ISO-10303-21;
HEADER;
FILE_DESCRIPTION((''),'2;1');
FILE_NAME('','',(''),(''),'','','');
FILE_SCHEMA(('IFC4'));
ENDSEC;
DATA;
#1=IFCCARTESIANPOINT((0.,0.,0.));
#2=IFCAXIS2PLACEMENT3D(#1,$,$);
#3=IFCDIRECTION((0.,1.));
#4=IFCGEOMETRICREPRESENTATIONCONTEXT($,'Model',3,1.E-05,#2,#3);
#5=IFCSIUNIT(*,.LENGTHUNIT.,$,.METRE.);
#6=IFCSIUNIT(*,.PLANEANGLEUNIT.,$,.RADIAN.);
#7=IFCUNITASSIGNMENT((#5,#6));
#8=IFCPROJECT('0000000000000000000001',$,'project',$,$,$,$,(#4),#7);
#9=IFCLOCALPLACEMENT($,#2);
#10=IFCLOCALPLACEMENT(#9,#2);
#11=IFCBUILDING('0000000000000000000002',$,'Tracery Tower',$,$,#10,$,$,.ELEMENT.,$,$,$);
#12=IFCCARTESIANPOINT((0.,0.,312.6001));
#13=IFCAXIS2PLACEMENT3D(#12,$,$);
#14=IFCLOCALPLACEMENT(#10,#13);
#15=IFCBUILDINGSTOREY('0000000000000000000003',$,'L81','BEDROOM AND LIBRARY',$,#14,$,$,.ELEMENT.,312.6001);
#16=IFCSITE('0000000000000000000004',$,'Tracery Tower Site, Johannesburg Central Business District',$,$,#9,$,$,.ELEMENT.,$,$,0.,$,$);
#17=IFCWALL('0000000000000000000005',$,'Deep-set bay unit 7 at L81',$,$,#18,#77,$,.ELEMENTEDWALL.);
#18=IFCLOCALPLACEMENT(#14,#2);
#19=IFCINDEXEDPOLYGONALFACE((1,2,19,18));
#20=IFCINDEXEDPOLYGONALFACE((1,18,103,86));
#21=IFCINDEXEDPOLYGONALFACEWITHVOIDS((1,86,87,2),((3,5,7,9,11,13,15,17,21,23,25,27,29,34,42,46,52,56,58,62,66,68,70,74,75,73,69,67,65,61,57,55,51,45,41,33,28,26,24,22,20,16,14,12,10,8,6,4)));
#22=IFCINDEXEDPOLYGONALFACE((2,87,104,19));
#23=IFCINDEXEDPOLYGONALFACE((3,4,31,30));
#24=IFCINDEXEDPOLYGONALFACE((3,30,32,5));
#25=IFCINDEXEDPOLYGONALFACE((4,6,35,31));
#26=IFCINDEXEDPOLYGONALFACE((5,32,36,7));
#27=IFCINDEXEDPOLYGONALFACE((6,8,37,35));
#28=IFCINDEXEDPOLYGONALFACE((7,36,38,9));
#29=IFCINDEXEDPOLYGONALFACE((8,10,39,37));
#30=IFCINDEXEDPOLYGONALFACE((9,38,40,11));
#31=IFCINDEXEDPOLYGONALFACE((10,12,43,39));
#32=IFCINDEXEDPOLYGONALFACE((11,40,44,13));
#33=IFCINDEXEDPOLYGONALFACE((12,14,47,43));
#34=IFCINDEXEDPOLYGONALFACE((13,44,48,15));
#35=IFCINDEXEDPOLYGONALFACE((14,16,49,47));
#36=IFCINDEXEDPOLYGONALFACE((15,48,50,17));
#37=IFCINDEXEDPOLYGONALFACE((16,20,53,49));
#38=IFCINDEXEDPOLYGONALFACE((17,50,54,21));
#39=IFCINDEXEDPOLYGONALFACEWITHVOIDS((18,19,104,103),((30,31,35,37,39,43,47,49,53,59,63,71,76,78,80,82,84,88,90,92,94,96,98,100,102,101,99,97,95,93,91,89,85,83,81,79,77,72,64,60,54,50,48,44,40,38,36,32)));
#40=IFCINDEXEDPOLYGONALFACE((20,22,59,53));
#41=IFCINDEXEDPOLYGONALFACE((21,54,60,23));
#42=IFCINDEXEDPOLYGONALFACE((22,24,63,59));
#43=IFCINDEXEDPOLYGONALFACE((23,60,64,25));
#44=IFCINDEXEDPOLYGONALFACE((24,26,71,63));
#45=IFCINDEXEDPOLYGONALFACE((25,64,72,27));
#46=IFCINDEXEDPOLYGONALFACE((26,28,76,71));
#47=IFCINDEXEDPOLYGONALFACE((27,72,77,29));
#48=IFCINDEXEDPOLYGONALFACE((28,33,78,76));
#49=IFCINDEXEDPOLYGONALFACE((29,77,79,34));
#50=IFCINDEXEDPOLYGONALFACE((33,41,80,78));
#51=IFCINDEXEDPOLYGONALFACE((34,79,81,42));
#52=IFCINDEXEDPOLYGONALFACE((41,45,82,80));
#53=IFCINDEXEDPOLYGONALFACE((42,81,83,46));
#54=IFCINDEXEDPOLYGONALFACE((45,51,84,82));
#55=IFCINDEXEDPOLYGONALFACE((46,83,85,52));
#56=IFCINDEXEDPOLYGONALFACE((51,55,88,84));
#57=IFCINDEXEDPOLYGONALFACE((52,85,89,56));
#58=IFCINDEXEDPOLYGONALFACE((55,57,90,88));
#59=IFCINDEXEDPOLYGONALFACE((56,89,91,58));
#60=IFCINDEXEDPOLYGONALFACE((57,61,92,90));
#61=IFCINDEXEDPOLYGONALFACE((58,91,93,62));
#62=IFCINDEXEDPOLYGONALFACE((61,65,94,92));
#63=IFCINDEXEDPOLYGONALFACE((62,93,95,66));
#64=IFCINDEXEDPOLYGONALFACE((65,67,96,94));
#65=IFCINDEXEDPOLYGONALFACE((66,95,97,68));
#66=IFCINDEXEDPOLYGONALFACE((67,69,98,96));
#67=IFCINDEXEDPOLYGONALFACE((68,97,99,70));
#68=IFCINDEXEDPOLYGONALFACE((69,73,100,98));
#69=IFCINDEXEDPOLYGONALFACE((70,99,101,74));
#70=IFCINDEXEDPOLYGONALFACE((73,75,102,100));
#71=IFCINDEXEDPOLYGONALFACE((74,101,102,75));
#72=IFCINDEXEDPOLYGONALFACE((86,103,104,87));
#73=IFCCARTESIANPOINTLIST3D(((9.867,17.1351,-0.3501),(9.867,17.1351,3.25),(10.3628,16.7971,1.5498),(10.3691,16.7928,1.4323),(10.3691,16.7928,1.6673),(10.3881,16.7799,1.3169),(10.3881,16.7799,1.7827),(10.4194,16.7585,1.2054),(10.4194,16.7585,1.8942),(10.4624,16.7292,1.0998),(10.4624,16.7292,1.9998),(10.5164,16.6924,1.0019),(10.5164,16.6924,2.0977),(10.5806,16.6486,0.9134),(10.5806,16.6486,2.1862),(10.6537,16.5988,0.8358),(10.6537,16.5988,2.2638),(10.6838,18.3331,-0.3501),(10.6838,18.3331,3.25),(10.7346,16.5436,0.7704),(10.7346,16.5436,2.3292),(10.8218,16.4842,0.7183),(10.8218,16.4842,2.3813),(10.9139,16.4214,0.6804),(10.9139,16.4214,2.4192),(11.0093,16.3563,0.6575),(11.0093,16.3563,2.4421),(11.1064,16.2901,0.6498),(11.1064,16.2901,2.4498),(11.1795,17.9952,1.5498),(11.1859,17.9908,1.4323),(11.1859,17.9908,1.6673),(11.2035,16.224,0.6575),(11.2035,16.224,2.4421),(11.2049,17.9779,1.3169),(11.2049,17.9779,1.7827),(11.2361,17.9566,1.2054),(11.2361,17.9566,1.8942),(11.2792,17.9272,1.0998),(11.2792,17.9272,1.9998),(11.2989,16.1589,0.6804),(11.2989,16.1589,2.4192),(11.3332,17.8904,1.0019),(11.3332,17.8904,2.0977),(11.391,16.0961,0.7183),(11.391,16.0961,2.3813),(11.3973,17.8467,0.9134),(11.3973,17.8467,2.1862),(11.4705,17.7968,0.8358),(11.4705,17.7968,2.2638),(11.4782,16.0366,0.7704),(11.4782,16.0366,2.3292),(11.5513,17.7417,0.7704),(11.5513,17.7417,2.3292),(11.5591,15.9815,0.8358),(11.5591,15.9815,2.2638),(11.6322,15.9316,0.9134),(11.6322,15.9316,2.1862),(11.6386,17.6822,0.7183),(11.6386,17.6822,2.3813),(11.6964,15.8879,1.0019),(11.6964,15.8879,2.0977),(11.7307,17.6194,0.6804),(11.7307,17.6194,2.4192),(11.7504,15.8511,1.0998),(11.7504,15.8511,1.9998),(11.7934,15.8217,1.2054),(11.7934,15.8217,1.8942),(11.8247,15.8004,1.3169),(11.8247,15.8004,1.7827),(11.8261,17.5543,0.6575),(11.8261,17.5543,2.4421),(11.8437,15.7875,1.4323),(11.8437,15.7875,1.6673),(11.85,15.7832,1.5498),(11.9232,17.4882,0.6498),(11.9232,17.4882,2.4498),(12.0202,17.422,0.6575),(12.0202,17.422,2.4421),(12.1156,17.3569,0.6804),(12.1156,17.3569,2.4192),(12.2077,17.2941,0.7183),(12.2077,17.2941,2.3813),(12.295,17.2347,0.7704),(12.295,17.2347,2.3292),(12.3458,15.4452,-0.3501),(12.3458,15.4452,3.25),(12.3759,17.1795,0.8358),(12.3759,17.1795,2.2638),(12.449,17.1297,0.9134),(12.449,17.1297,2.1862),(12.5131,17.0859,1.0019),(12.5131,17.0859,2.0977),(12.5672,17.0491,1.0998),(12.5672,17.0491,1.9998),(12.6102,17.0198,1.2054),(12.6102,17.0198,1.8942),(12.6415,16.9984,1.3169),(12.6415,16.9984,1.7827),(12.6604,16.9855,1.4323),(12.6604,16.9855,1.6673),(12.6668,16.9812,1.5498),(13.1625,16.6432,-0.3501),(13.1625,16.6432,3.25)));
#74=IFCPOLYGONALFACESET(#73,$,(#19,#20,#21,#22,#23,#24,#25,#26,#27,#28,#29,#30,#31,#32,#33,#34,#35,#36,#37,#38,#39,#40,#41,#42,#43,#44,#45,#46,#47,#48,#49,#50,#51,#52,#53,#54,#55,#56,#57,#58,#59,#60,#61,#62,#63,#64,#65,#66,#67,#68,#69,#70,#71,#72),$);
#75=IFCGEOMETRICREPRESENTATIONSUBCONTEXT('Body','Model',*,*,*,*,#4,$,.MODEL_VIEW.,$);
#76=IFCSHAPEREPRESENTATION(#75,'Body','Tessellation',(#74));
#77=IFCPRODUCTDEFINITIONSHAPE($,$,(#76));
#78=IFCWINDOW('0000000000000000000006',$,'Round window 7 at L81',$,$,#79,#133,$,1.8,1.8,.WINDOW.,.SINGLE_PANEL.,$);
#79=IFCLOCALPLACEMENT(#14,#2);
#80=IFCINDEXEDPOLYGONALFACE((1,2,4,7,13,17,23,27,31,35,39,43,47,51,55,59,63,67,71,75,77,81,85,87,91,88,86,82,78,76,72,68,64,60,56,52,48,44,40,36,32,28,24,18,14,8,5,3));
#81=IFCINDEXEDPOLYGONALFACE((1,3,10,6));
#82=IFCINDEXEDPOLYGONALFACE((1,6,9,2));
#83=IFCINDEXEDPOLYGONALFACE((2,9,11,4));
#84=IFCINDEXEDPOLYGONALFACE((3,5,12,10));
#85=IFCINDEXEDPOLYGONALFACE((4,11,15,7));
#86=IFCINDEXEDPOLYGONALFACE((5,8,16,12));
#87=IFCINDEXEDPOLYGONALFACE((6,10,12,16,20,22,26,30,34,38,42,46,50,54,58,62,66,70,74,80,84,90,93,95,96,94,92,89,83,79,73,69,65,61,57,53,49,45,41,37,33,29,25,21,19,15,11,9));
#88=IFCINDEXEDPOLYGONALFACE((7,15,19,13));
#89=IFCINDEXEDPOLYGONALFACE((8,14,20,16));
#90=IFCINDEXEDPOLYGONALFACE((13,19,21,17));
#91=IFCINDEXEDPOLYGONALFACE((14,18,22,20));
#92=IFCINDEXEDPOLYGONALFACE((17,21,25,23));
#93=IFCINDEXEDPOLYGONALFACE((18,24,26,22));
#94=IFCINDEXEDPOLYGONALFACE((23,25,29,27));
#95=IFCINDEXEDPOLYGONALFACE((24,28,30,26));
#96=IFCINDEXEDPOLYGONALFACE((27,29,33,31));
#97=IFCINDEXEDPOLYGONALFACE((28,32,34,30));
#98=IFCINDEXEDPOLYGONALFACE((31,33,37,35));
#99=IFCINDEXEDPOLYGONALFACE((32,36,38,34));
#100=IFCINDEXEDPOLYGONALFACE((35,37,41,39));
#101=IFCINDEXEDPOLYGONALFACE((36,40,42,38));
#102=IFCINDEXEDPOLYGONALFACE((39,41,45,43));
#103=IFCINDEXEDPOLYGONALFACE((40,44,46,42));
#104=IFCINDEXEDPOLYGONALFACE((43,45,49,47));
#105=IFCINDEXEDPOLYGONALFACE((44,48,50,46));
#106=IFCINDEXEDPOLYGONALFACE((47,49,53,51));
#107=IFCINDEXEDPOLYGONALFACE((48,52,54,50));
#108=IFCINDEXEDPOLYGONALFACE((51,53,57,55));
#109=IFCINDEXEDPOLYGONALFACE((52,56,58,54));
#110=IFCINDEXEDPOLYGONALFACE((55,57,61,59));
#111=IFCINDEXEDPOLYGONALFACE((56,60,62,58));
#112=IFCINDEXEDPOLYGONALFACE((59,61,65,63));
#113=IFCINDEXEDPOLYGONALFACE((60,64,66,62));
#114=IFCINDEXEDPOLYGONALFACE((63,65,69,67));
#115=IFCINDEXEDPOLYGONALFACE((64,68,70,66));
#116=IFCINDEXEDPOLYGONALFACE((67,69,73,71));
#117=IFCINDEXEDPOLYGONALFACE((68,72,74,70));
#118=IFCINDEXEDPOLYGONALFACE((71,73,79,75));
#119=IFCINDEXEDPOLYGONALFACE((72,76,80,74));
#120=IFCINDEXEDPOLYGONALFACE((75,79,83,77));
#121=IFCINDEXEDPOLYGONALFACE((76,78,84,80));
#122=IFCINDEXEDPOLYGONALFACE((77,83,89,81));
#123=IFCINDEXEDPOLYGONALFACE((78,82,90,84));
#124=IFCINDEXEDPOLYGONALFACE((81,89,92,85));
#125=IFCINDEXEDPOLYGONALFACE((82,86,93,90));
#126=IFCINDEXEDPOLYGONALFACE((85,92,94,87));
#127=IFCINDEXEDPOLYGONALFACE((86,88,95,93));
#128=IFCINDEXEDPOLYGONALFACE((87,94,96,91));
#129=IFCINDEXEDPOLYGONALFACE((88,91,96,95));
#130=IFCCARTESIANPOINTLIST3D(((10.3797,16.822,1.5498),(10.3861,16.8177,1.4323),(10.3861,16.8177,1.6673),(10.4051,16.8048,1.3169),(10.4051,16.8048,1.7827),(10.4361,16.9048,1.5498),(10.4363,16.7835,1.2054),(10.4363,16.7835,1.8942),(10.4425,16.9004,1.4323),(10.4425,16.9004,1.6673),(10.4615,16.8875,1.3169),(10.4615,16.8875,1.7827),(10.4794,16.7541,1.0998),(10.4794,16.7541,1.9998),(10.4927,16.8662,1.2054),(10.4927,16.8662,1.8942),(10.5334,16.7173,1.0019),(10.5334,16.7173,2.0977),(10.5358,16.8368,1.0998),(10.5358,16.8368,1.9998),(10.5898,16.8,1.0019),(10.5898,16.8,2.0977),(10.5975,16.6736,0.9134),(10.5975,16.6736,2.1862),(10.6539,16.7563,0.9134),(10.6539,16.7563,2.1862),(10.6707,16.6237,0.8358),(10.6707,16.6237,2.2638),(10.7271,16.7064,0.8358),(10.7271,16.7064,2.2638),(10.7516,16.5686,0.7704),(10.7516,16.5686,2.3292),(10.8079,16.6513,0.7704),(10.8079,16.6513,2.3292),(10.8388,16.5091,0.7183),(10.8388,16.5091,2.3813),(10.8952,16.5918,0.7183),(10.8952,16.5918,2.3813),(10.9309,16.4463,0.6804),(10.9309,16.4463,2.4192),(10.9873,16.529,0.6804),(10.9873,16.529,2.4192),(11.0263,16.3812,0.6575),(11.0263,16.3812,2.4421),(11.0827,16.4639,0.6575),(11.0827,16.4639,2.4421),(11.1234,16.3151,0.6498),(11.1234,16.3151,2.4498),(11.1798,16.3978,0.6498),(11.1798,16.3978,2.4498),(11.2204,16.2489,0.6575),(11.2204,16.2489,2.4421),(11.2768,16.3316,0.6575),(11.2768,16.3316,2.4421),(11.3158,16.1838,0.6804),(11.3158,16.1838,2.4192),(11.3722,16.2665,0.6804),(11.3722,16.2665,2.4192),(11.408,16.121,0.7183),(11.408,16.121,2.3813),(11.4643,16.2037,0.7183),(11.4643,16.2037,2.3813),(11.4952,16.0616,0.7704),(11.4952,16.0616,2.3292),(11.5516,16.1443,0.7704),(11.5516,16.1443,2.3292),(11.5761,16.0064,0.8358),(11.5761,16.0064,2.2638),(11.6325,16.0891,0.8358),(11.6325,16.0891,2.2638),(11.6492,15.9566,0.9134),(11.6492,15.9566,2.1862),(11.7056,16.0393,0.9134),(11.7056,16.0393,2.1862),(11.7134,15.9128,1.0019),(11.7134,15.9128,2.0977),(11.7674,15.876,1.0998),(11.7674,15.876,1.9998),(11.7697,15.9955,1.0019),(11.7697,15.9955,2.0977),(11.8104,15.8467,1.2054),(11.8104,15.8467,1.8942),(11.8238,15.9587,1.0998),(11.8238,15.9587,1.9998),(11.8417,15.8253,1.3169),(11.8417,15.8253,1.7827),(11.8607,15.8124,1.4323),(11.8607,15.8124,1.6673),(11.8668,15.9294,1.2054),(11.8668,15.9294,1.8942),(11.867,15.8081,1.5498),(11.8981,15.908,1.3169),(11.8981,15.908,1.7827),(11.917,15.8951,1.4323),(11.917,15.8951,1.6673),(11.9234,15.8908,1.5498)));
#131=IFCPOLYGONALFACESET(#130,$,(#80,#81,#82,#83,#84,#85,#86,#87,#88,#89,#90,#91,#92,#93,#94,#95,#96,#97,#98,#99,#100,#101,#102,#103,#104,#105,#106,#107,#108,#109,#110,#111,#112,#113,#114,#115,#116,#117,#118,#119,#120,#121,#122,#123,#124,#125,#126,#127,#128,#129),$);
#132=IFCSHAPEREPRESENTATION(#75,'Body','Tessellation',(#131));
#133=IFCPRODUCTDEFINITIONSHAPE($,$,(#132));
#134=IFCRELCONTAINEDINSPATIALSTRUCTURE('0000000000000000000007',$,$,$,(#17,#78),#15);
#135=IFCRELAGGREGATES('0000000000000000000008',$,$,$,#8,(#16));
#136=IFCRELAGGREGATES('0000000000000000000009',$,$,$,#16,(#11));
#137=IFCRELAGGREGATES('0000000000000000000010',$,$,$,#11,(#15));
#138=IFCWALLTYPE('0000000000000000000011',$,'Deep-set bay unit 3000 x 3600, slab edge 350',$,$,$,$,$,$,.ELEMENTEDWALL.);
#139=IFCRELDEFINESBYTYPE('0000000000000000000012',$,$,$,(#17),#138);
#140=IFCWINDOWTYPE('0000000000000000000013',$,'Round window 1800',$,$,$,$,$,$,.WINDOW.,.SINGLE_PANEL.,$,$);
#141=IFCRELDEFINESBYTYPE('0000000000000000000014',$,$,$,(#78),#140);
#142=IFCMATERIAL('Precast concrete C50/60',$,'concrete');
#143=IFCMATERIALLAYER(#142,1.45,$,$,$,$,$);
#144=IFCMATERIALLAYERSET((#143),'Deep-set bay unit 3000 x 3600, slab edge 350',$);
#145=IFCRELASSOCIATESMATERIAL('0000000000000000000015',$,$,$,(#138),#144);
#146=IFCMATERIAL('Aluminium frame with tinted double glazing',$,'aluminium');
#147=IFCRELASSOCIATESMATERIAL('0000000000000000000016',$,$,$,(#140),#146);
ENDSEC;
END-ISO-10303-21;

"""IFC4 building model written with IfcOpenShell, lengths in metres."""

from ifc_helpers import new_model, si_unit, direction, frame, frame_2d, origin, origin_2d, place, context, subcontext, project, spatial, rectangle, circle, extrude, material, layer, layer_set, type_object, element, fill, save


model = new_model("IFC4")

# Units and contexts
model_context = context("Model", 3, precision=1e-05, world=origin(), true_north=direction((0.0, 1.0)))
body_context = subcontext(model_context, "Body", "Model", "MODEL_VIEW")
ifc_project = project(units=[si_unit("LENGTHUNIT", "METRE"), si_unit("PLANEANGLEUNIT", "RADIAN")], contexts=[model_context])

# Site, building, storey
site_placement = place(None, origin())
site = spatial("IfcSite", under=ifc_project, at=site_placement, Name="Tracery Tower Site, Johannesburg Central Business District", CompositionType="ELEMENT", RefElevation=0.0)
building_placement = place(site_placement, origin())
building = spatial("IfcBuilding", under=site, at=building_placement, Name="Tracery Tower", CompositionType="ELEMENT")
storey_placement = place(building_placement, frame((0.0, 0.0, 312.6001)))
storey = spatial("IfcBuildingStorey", under=building, at=storey_placement, Name="L81", Description="BEDROOM AND LIBRARY", CompositionType="ELEMENT", Elevation=312.6001)

# Wall, opening, window
ifc_material_1 = material(Name="Precast concrete C50/60", Category="concrete")
ifc_layer_1 = layer(ifc_material_1, 1.45)
ifc_layer_set_1 = layer_set([ifc_layer_1], Name="Deep-set bay unit 3000 x 3600, slab edge 350")
wall_type_1 = type_object("IfcWallType", Name="Deep-set bay unit 3000 x 3600, slab edge 350", PredefinedType="ELEMENTEDWALL", material=ifc_layer_set_1)
ifc_material_2 = material(Name="Aluminium frame with tinted double glazing", Category="aluminium")
window_type = type_object("IfcWindowType", Name="Round window 1800", PartitioningType="SINGLE_PANEL", PredefinedType="WINDOW", material=ifc_material_2)
wall_1_placement = place(storey_placement, frame((12.7542, 16.0442, -0.3501), z_axis=(0.0, 0.0, 1.0), x_axis=(-0.826246, 0.563309, 0.0)))
wall_1 = element("IfcWall", 1, at=wall_1_placement, inside=storey, type_object=wall_type_1, Name="Deep-set bay unit 7 at L81", PredefinedType="ELEMENTEDWALL", context=body_context, shape_type="SweptSolid", body=[
    extrude(rectangle(XDim=3.0, YDim=1.45, at=frame_2d((1.5, 0.0))), origin(), (0.0, 0.0, 1.0), 3.6001),
])
opening_1_placement = place(wall_1_placement, frame((1.5, 0.0, 1.8999)))
opening_1 = element("IfcOpeningElement", 2, at=opening_1_placement, cuts=wall_1, PredefinedType="OPENING", context=body_context, shape_type="SweptSolid", body=[
    extrude(circle(Radius=0.9, at=origin_2d()), frame((0.0, 0.7349, 0.0), z_axis=(0.0, -1.0, 0.0), x_axis=(1.0, 0.0, 0.0)), (0.0, 0.0, 1.0), 1.47),
])
window_1_placement = place(opening_1_placement, origin())
window_1 = element("IfcWindow", 3, at=window_1_placement, inside=storey, type_object=window_type, Name="Round window 7 at L81", OverallHeight=1.8, OverallWidth=1.8, PartitioningType="SINGLE_PANEL", PredefinedType="WINDOW", context=body_context, shape_type="SweptSolid", body=[
    extrude(circle(Radius=0.9, at=origin_2d()), frame((0.0, 0.6948, 0.0), z_axis=(0.0, -1.0, 0.0), x_axis=(1.0, 0.0, 0.0)), (0.0, 0.0, 1.0), 0.1001),
])
fill(opening_1, window_1)

save(model, "model.ifc")
